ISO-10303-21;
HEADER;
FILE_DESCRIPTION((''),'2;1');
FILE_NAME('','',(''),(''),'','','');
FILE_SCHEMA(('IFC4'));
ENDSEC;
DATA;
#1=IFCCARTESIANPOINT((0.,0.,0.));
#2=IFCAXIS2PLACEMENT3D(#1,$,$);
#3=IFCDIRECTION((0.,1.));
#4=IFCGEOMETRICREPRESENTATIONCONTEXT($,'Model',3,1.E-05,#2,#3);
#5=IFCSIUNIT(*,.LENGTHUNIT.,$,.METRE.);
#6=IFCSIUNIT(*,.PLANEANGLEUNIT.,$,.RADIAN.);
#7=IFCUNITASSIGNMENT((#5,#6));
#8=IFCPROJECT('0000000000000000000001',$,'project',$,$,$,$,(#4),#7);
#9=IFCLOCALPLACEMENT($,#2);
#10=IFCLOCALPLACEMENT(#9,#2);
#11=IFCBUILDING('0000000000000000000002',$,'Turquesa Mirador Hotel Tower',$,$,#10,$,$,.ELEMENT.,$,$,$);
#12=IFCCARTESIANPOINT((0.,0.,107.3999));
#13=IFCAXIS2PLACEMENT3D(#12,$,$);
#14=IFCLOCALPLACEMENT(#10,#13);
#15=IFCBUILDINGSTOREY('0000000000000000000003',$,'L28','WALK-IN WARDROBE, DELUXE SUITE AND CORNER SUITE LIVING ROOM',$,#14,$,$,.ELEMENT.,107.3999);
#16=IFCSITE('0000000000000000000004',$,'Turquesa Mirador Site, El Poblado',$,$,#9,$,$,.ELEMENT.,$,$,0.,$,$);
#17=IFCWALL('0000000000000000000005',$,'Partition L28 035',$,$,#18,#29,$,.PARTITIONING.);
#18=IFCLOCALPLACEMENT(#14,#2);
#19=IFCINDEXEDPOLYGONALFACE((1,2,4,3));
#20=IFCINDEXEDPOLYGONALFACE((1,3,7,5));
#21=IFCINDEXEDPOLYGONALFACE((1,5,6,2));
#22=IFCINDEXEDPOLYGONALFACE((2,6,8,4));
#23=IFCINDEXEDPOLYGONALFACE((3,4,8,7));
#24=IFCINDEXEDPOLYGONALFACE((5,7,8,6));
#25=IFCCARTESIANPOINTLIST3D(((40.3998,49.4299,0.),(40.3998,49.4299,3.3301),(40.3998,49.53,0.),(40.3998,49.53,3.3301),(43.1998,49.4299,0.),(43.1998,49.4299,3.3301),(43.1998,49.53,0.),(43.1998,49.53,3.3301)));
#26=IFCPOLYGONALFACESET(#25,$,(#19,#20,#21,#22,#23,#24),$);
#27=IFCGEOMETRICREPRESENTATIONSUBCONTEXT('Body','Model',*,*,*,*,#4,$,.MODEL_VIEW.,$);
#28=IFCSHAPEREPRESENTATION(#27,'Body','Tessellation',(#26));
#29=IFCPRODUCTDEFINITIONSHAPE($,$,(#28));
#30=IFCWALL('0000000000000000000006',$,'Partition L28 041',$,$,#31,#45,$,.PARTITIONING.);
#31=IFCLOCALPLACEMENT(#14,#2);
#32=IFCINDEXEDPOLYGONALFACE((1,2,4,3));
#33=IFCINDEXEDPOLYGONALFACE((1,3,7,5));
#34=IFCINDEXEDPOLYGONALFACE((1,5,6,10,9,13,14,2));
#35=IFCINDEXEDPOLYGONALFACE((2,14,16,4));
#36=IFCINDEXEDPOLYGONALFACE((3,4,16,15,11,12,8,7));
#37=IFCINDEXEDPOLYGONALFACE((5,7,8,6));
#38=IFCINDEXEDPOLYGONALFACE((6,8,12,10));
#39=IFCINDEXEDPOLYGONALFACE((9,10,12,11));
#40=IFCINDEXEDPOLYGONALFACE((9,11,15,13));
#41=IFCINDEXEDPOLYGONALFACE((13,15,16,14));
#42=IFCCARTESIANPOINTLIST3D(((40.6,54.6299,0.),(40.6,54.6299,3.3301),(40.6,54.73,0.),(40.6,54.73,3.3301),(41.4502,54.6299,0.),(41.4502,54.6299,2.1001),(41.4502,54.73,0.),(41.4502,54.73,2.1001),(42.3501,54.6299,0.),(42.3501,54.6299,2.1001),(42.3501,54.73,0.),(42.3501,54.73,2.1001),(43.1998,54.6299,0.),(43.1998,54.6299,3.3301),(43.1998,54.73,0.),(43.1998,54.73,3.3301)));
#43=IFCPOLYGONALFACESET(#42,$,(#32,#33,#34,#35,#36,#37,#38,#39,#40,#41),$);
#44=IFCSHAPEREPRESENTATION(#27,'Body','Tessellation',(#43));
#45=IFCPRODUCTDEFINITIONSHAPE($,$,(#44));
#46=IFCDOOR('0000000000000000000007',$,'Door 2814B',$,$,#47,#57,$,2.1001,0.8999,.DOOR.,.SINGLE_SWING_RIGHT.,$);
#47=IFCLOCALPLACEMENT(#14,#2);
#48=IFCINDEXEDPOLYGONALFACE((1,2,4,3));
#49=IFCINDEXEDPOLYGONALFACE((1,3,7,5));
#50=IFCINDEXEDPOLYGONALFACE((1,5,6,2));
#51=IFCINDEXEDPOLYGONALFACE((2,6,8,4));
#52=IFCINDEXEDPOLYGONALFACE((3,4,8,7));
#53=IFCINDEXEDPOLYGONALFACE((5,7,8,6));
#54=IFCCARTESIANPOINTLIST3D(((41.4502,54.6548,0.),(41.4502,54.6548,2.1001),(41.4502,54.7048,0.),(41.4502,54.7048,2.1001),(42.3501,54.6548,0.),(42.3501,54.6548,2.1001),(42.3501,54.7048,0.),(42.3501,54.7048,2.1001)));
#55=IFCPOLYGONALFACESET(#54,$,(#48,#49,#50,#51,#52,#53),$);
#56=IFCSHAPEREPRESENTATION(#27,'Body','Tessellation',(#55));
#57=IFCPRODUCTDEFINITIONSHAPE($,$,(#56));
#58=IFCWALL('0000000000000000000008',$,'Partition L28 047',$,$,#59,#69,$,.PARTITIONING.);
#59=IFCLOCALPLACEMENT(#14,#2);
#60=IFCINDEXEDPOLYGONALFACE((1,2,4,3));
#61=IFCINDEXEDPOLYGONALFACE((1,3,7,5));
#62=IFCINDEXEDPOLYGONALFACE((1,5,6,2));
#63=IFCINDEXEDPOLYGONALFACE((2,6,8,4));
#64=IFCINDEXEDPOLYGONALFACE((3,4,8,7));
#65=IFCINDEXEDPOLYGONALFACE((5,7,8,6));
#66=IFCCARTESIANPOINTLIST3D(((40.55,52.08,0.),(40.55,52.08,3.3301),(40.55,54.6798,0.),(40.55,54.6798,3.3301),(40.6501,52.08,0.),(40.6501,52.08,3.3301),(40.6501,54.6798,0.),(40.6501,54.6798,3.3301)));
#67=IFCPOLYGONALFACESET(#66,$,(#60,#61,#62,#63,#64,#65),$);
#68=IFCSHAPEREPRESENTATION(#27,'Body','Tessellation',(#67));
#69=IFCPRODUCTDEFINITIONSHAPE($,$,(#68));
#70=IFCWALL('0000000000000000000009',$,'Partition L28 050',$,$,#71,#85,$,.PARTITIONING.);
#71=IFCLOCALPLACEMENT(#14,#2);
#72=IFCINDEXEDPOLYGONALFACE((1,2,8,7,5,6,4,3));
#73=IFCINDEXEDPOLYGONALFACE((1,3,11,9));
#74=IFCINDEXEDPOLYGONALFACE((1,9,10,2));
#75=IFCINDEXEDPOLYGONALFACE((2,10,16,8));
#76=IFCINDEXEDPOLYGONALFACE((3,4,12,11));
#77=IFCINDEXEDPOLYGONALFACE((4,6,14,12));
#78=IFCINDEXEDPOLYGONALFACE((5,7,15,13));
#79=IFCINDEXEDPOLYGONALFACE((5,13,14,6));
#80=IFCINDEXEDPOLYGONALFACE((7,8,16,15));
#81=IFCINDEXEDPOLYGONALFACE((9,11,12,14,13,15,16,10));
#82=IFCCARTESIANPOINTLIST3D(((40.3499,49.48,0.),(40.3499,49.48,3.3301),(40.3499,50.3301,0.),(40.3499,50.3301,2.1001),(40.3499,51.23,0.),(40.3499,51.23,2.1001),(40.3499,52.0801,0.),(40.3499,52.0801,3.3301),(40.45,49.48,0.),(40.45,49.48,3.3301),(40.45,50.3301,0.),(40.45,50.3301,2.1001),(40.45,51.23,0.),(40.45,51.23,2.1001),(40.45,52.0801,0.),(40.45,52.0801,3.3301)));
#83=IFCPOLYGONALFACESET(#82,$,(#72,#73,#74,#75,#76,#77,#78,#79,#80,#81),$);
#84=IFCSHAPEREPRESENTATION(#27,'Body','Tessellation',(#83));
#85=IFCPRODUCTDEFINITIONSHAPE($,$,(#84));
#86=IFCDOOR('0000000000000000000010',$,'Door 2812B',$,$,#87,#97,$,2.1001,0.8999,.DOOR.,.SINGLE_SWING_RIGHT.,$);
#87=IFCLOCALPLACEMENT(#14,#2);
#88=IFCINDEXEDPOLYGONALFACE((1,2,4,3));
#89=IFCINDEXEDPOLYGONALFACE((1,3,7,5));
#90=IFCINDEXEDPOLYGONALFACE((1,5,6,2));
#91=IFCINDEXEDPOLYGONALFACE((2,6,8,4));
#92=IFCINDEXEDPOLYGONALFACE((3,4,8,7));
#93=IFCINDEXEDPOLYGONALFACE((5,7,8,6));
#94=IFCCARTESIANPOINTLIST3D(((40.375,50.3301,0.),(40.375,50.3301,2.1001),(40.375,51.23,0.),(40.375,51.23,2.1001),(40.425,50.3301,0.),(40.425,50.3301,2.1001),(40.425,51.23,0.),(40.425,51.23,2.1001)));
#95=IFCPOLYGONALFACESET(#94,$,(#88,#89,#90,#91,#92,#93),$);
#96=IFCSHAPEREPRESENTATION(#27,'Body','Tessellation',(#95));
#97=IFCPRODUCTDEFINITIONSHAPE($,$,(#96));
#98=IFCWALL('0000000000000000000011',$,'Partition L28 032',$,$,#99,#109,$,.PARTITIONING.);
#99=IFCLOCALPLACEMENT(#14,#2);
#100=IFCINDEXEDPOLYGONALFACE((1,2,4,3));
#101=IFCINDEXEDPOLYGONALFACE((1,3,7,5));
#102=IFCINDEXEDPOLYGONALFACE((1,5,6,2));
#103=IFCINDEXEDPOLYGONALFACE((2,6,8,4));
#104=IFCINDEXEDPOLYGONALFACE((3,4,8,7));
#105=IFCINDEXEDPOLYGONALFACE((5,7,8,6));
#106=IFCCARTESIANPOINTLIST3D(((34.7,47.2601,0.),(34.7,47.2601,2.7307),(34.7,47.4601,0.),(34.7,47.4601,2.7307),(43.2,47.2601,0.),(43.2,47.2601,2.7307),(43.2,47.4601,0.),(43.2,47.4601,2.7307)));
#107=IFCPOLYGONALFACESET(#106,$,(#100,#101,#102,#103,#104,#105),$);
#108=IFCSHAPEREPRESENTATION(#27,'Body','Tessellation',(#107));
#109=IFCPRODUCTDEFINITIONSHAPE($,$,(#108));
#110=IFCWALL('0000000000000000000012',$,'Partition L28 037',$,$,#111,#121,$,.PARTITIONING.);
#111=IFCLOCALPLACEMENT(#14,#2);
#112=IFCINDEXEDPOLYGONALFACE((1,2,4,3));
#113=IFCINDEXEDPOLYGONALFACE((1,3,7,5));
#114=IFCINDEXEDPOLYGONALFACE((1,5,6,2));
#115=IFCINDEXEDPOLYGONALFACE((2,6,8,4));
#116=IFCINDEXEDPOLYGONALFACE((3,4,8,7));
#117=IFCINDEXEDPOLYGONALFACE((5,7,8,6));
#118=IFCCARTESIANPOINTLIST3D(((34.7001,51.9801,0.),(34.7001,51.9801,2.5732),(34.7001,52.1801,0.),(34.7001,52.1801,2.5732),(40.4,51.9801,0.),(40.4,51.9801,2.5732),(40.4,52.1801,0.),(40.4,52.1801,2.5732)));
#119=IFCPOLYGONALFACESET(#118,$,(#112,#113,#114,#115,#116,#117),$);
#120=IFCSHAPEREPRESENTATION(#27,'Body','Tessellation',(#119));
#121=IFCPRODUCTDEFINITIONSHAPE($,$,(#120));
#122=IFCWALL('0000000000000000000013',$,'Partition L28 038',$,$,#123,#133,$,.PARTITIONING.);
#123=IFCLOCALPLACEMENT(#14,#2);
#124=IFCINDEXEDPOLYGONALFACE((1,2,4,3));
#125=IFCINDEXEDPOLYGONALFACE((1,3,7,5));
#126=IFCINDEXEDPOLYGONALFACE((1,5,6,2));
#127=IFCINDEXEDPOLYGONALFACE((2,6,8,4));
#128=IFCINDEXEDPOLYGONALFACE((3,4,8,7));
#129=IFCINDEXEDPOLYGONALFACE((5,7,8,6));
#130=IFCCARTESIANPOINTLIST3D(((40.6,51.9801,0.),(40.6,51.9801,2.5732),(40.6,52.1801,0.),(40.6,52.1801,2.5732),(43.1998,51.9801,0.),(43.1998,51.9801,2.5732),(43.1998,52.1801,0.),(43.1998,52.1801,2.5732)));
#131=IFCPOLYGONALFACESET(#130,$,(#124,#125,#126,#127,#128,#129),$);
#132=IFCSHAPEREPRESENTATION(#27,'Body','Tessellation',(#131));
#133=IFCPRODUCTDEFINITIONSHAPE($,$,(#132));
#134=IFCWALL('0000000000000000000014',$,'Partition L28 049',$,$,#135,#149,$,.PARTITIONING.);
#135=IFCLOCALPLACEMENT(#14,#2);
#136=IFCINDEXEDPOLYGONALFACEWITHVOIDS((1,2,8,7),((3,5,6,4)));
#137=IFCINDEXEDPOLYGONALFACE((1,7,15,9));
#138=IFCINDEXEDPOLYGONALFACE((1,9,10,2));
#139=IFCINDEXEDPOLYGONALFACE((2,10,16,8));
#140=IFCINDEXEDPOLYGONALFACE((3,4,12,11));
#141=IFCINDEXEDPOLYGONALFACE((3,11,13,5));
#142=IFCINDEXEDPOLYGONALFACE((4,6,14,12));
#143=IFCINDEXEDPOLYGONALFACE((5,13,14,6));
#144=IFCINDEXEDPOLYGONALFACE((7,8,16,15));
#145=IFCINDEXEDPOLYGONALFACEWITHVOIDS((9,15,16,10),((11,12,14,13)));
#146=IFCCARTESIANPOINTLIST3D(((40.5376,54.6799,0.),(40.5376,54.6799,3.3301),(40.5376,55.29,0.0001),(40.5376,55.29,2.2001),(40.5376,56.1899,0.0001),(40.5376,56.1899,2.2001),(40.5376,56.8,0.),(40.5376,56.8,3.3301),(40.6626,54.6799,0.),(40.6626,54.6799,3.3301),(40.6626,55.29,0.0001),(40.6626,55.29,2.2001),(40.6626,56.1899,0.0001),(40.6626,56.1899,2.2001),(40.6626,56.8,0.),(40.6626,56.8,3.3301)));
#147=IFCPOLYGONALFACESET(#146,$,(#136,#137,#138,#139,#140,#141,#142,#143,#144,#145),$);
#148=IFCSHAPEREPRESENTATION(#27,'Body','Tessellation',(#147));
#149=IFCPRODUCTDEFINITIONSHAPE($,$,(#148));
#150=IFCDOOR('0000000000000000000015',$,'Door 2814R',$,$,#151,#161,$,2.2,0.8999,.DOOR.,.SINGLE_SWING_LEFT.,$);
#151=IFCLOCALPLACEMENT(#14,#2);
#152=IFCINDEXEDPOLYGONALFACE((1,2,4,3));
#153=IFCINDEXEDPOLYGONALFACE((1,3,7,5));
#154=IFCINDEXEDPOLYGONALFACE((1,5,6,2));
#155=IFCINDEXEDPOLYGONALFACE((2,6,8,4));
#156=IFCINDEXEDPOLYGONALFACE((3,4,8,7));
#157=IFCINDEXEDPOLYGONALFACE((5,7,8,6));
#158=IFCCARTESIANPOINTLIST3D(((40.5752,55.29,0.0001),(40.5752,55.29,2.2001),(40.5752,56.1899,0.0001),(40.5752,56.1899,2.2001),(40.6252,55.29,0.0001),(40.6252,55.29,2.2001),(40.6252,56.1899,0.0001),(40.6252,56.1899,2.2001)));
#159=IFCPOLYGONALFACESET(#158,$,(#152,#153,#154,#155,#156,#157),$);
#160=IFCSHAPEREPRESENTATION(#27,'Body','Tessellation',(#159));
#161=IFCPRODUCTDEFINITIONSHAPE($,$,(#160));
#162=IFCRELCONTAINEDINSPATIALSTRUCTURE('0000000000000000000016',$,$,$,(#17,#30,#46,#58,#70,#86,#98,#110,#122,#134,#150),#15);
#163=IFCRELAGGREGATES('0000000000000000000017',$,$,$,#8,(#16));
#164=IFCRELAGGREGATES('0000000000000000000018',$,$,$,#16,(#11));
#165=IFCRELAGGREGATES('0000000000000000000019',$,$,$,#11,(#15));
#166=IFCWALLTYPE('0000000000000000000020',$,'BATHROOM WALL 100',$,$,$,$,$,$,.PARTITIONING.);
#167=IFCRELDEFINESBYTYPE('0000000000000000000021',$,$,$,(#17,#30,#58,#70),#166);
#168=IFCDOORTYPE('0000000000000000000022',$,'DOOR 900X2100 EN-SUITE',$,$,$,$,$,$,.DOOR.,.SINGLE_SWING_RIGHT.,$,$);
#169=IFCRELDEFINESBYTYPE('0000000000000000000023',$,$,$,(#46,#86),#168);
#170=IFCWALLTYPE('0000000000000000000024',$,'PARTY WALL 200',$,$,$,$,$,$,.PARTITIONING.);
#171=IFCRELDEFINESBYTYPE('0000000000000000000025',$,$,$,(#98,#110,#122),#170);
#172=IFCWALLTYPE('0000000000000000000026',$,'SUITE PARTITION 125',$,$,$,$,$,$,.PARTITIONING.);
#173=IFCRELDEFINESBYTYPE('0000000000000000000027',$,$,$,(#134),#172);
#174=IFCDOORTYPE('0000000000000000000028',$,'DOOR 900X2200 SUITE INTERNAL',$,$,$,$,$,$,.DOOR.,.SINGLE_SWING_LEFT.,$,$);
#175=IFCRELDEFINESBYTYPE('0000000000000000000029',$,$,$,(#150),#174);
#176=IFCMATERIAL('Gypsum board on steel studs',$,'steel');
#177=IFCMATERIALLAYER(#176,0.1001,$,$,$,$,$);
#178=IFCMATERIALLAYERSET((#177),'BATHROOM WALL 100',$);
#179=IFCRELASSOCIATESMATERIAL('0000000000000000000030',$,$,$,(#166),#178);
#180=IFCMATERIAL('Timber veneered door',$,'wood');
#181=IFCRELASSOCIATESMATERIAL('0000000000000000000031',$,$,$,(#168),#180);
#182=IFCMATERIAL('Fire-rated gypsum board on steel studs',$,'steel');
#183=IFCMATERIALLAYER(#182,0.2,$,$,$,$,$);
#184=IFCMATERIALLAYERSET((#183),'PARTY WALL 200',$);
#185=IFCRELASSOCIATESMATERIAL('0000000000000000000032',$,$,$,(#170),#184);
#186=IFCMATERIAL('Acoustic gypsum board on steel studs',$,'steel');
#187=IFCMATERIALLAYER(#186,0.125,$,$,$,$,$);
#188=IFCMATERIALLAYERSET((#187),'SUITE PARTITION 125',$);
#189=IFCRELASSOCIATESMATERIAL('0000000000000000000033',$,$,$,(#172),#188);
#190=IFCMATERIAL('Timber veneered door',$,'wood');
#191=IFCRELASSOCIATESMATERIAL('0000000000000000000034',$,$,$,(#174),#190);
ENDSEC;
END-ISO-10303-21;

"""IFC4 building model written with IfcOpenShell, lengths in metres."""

from ifc_helpers import new_model, si_unit, direction, frame, frame_2d, origin, place, context, subcontext, project, spatial, rectangle, extrude, material, layer, layer_set, type_object, element, fill, save


model = new_model("IFC4")

# Units and contexts
model_context = context("Model", 3, precision=1e-05, world=origin(), true_north=direction((0.0, 1.0)))
body_context = subcontext(model_context, "Body", "Model", "MODEL_VIEW")
ifc_project = project(units=[si_unit("LENGTHUNIT", "METRE"), si_unit("PLANEANGLEUNIT", "RADIAN")], contexts=[model_context])

# Site, building, storey
site_placement = place(None, origin())
site = spatial("IfcSite", under=ifc_project, at=site_placement, Name="Turquesa Mirador Site, El Poblado", CompositionType="ELEMENT", RefElevation=0.0)
building_placement = place(site_placement, origin())
building = spatial("IfcBuilding", under=site, at=building_placement, Name="Turquesa Mirador Hotel Tower", CompositionType="ELEMENT")
storey_placement = place(building_placement, frame((0.0, 0.0, 107.3999)))
storey = spatial("IfcBuildingStorey", under=building, at=storey_placement, Name="L28", Description="WALK-IN WARDROBE, DELUXE SUITE AND CORNER SUITE LIVING ROOM", CompositionType="ELEMENT", Elevation=107.3999)

# Wall
ifc_material_1 = material(Name="Gypsum board on steel studs", Category="steel")
ifc_layer_1 = layer(ifc_material_1, 0.1001)
ifc_layer_set_1 = layer_set([ifc_layer_1], Name="BATHROOM WALL 100")
wall_type_1 = type_object("IfcWallType", Name="BATHROOM WALL 100", PredefinedType="PARTITIONING", material=ifc_layer_set_1)
wall_1_placement = place(storey_placement, frame((40.3999, 49.48, 0.0), z_axis=(0.0, 0.0, 1.0), x_axis=(1.0, 0.0, 0.0)))
element("IfcWall", 1, at=wall_1_placement, inside=storey, type_object=wall_type_1, Name="Partition L28 035", PredefinedType="PARTITIONING", context=body_context, shape_type="SweptSolid", body=[
    extrude(rectangle(XDim=2.8, YDim=0.1001, at=frame_2d((1.3999, 0.0))), origin(), (0.0, 0.0, 1.0), 3.3301),
])

# Wall, opening, door
wall_2_placement = place(storey_placement, frame((40.6001, 54.6799, 0.0), z_axis=(0.0, 0.0, 1.0), x_axis=(1.0, 0.0, 0.0)))
wall_2 = element("IfcWall", 2, at=wall_2_placement, inside=storey, type_object=wall_type_1, Name="Partition L28 041", PredefinedType="PARTITIONING", context=body_context, shape_type="SweptSolid", body=[
    extrude(rectangle(XDim=2.5999, YDim=0.1001, at=frame_2d((1.2998, 0.0))), origin(), (0.0, 0.0, 1.0), 3.3301),
])
opening_1_placement = place(wall_2_placement, frame((0.8501, 0.0, 0.0)))
opening_1 = element("IfcOpeningElement", 3, at=opening_1_placement, cuts=wall_2, PredefinedType="OPENING", context=body_context, shape_type="SweptSolid", body=[
    extrude(rectangle(XDim=0.8999, YDim=2.1001, at=frame_2d((0.45, 1.05))), frame((0.0, 0.0601, 0.0), z_axis=(0.0, -1.0, 0.0), x_axis=(1.0, 0.0, 0.0)), (0.0, 0.0, 1.0), 0.1201),
])
ifc_material_2 = material(Name="Timber veneered door", Category="wood")
door_type_1 = type_object("IfcDoorType", Name="DOOR 900X2100 EN-SUITE", OperationType="SINGLE_SWING_RIGHT", PredefinedType="DOOR", material=ifc_material_2)
door_1_placement = place(opening_1_placement, origin())
door_1 = element("IfcDoor", 4, at=door_1_placement, inside=storey, type_object=door_type_1, Name="Door 2814B", OperationType="SINGLE_SWING_RIGHT", OverallHeight=2.1001, OverallWidth=0.8999, PredefinedType="DOOR", context=body_context, shape_type="SweptSolid", body=[
    extrude(rectangle(XDim=0.8999, YDim=2.1001, at=frame_2d((0.45, 1.05))), frame((0.0, 0.0249, 0.0), z_axis=(0.0, -1.0, 0.0), x_axis=(1.0, 0.0, 0.0)), (0.0, 0.0, 1.0), 0.05),
])
fill(opening_1, door_1)

# Wall
wall_3_placement = place(storey_placement, frame((40.6001, 52.0801, 0.0), z_axis=(0.0, 0.0, 1.0), x_axis=(0.0, 1.0, 0.0)))
element("IfcWall", 5, at=wall_3_placement, inside=storey, type_object=wall_type_1, Name="Partition L28 047", PredefinedType="PARTITIONING", context=body_context, shape_type="SweptSolid", body=[
    extrude(rectangle(XDim=2.5999, YDim=0.1001, at=frame_2d((1.2998, 0.0))), origin(), (0.0, 0.0, 1.0), 3.3301),
])

# Wall, opening, door
wall_4_placement = place(storey_placement, frame((40.3999, 49.48, 0.0), z_axis=(0.0, 0.0, 1.0), x_axis=(0.0, 1.0, 0.0)))
wall_4 = element("IfcWall", 6, at=wall_4_placement, inside=storey, type_object=wall_type_1, Name="Partition L28 050", PredefinedType="PARTITIONING", context=body_context, shape_type="SweptSolid", body=[
    extrude(rectangle(XDim=2.6001, YDim=0.1001, at=frame_2d((1.3, 0.0))), origin(), (0.0, 0.0, 1.0), 3.3301),
])
opening_2_placement = place(wall_4_placement, frame((0.8501, 0.0, 0.0)))
opening_2 = element("IfcOpeningElement", 7, at=opening_2_placement, cuts=wall_4, PredefinedType="OPENING", context=body_context, shape_type="SweptSolid", body=[
    extrude(rectangle(XDim=0.8999, YDim=2.1001, at=frame_2d((0.45, 1.05))), frame((0.0, 0.0601, 0.0), z_axis=(0.0, -1.0, 0.0), x_axis=(1.0, 0.0, 0.0)), (0.0, 0.0, 1.0), 0.1201),
])
door_2_placement = place(opening_2_placement, origin())
door_2 = element("IfcDoor", 8, at=door_2_placement, inside=storey, type_object=door_type_1, Name="Door 2812B", OperationType="SINGLE_SWING_RIGHT", OverallHeight=2.1001, OverallWidth=0.8999, PredefinedType="DOOR", context=body_context, shape_type="SweptSolid", body=[
    extrude(rectangle(XDim=0.8999, YDim=2.1001, at=frame_2d((0.45, 1.05))), frame((0.0, 0.0249, 0.0), z_axis=(0.0, -1.0, 0.0), x_axis=(1.0, 0.0, 0.0)), (0.0, 0.0, 1.0), 0.05),
])
fill(opening_2, door_2)

# Walls
ifc_material_3 = material(Name="Fire-rated gypsum board on steel studs", Category="steel")
ifc_layer_2 = layer(ifc_material_3, 0.2)
ifc_layer_set_2 = layer_set([ifc_layer_2], Name="PARTY WALL 200")
wall_type_2 = type_object("IfcWallType", Name="PARTY WALL 200", PredefinedType="PARTITIONING", material=ifc_layer_set_2)
wall_5_placement = place(storey_placement, frame((34.7, 47.3601, 0.0), z_axis=(0.0, 0.0, 1.0), x_axis=(1.0, 0.0, 0.0)))
element("IfcWall", 9, at=wall_5_placement, inside=storey, type_object=wall_type_2, Name="Partition L28 032", PredefinedType="PARTITIONING", context=body_context, shape_type="SweptSolid", body=[
    extrude(rectangle(XDim=8.5, YDim=0.2, at=frame_2d((4.25, 0.0))), origin(), (0.0, 0.0, 1.0), 2.7307),
])
wall_6_placement = place(storey_placement, frame((34.7, 52.0801, 0.0), z_axis=(0.0, 0.0, 1.0), x_axis=(1.0, 0.0, 0.0)))
element("IfcWall", 10, at=wall_6_placement, inside=storey, type_object=wall_type_2, Name="Partition L28 037", PredefinedType="PARTITIONING", context=body_context, shape_type="SweptSolid", body=[
    extrude(rectangle(XDim=5.7, YDim=0.2, at=frame_2d((2.8501, 0.0))), origin(), (0.0, 0.0, 1.0), 2.5732),
])
wall_7_placement = place(storey_placement, frame((40.6001, 52.0801, 0.0), z_axis=(0.0, 0.0, 1.0), x_axis=(1.0, 0.0, 0.0)))
element("IfcWall", 11, at=wall_7_placement, inside=storey, type_object=wall_type_2, Name="Partition L28 038", PredefinedType="PARTITIONING", context=body_context, shape_type="SweptSolid", body=[
    extrude(rectangle(XDim=2.5999, YDim=0.2, at=frame_2d((1.2998, 0.0))), origin(), (0.0, 0.0, 1.0), 2.5732),
])

# Wall, opening, door
ifc_material_4 = material(Name="Acoustic gypsum board on steel studs", Category="steel")
ifc_layer_3 = layer(ifc_material_4, 0.125)
ifc_layer_set_3 = layer_set([ifc_layer_3], Name="SUITE PARTITION 125")
wall_type_3 = type_object("IfcWallType", Name="SUITE PARTITION 125", PredefinedType="PARTITIONING", material=ifc_layer_set_3)
wall_8_placement = place(storey_placement, frame((40.6001, 54.6799, 0.0), z_axis=(0.0, 0.0, 1.0), x_axis=(0.0, 1.0, 0.0)))
wall_8 = element("IfcWall", 12, at=wall_8_placement, inside=storey, type_object=wall_type_3, Name="Partition L28 049", PredefinedType="PARTITIONING", context=body_context, shape_type="SweptSolid", body=[
    extrude(rectangle(XDim=2.1201, YDim=0.125, at=frame_2d((1.0601, 0.0))), origin(), (0.0, 0.0, 1.0), 3.3301),
])
opening_3_placement = place(wall_8_placement, frame((0.6101, 0.0, 0.0)))
opening_3 = element("IfcOpeningElement", 13, at=opening_3_placement, cuts=wall_8, PredefinedType="OPENING", context=body_context, shape_type="SweptSolid", body=[
    extrude(rectangle(XDim=0.8999, YDim=2.2, at=frame_2d((0.45, 1.1001))), frame((0.0, 0.0725, 0.0), z_axis=(0.0, -1.0, 0.0), x_axis=(1.0, 0.0, 0.0)), (0.0, 0.0, 1.0), 0.145),
])
ifc_material_5 = material(Name="Timber veneered door", Category="wood")
door_type_2 = type_object("IfcDoorType", Name="DOOR 900X2200 SUITE INTERNAL", OperationType="SINGLE_SWING_LEFT", PredefinedType="DOOR", material=ifc_material_5)
door_3_placement = place(opening_3_placement, origin())
door_3 = element("IfcDoor", 14, at=door_3_placement, inside=storey, type_object=door_type_2, Name="Door 2814R", OperationType="SINGLE_SWING_LEFT", OverallHeight=2.2, OverallWidth=0.8999, PredefinedType="DOOR", context=body_context, shape_type="SweptSolid", body=[
    extrude(rectangle(XDim=0.8999, YDim=2.2, at=frame_2d((0.45, 1.1001))), frame((0.0, 0.0249, 0.0), z_axis=(0.0, -1.0, 0.0), x_axis=(1.0, 0.0, 0.0)), (0.0, 0.0, 1.0), 0.05),
])
fill(opening_3, door_3)

save(model, "model.ifc")
